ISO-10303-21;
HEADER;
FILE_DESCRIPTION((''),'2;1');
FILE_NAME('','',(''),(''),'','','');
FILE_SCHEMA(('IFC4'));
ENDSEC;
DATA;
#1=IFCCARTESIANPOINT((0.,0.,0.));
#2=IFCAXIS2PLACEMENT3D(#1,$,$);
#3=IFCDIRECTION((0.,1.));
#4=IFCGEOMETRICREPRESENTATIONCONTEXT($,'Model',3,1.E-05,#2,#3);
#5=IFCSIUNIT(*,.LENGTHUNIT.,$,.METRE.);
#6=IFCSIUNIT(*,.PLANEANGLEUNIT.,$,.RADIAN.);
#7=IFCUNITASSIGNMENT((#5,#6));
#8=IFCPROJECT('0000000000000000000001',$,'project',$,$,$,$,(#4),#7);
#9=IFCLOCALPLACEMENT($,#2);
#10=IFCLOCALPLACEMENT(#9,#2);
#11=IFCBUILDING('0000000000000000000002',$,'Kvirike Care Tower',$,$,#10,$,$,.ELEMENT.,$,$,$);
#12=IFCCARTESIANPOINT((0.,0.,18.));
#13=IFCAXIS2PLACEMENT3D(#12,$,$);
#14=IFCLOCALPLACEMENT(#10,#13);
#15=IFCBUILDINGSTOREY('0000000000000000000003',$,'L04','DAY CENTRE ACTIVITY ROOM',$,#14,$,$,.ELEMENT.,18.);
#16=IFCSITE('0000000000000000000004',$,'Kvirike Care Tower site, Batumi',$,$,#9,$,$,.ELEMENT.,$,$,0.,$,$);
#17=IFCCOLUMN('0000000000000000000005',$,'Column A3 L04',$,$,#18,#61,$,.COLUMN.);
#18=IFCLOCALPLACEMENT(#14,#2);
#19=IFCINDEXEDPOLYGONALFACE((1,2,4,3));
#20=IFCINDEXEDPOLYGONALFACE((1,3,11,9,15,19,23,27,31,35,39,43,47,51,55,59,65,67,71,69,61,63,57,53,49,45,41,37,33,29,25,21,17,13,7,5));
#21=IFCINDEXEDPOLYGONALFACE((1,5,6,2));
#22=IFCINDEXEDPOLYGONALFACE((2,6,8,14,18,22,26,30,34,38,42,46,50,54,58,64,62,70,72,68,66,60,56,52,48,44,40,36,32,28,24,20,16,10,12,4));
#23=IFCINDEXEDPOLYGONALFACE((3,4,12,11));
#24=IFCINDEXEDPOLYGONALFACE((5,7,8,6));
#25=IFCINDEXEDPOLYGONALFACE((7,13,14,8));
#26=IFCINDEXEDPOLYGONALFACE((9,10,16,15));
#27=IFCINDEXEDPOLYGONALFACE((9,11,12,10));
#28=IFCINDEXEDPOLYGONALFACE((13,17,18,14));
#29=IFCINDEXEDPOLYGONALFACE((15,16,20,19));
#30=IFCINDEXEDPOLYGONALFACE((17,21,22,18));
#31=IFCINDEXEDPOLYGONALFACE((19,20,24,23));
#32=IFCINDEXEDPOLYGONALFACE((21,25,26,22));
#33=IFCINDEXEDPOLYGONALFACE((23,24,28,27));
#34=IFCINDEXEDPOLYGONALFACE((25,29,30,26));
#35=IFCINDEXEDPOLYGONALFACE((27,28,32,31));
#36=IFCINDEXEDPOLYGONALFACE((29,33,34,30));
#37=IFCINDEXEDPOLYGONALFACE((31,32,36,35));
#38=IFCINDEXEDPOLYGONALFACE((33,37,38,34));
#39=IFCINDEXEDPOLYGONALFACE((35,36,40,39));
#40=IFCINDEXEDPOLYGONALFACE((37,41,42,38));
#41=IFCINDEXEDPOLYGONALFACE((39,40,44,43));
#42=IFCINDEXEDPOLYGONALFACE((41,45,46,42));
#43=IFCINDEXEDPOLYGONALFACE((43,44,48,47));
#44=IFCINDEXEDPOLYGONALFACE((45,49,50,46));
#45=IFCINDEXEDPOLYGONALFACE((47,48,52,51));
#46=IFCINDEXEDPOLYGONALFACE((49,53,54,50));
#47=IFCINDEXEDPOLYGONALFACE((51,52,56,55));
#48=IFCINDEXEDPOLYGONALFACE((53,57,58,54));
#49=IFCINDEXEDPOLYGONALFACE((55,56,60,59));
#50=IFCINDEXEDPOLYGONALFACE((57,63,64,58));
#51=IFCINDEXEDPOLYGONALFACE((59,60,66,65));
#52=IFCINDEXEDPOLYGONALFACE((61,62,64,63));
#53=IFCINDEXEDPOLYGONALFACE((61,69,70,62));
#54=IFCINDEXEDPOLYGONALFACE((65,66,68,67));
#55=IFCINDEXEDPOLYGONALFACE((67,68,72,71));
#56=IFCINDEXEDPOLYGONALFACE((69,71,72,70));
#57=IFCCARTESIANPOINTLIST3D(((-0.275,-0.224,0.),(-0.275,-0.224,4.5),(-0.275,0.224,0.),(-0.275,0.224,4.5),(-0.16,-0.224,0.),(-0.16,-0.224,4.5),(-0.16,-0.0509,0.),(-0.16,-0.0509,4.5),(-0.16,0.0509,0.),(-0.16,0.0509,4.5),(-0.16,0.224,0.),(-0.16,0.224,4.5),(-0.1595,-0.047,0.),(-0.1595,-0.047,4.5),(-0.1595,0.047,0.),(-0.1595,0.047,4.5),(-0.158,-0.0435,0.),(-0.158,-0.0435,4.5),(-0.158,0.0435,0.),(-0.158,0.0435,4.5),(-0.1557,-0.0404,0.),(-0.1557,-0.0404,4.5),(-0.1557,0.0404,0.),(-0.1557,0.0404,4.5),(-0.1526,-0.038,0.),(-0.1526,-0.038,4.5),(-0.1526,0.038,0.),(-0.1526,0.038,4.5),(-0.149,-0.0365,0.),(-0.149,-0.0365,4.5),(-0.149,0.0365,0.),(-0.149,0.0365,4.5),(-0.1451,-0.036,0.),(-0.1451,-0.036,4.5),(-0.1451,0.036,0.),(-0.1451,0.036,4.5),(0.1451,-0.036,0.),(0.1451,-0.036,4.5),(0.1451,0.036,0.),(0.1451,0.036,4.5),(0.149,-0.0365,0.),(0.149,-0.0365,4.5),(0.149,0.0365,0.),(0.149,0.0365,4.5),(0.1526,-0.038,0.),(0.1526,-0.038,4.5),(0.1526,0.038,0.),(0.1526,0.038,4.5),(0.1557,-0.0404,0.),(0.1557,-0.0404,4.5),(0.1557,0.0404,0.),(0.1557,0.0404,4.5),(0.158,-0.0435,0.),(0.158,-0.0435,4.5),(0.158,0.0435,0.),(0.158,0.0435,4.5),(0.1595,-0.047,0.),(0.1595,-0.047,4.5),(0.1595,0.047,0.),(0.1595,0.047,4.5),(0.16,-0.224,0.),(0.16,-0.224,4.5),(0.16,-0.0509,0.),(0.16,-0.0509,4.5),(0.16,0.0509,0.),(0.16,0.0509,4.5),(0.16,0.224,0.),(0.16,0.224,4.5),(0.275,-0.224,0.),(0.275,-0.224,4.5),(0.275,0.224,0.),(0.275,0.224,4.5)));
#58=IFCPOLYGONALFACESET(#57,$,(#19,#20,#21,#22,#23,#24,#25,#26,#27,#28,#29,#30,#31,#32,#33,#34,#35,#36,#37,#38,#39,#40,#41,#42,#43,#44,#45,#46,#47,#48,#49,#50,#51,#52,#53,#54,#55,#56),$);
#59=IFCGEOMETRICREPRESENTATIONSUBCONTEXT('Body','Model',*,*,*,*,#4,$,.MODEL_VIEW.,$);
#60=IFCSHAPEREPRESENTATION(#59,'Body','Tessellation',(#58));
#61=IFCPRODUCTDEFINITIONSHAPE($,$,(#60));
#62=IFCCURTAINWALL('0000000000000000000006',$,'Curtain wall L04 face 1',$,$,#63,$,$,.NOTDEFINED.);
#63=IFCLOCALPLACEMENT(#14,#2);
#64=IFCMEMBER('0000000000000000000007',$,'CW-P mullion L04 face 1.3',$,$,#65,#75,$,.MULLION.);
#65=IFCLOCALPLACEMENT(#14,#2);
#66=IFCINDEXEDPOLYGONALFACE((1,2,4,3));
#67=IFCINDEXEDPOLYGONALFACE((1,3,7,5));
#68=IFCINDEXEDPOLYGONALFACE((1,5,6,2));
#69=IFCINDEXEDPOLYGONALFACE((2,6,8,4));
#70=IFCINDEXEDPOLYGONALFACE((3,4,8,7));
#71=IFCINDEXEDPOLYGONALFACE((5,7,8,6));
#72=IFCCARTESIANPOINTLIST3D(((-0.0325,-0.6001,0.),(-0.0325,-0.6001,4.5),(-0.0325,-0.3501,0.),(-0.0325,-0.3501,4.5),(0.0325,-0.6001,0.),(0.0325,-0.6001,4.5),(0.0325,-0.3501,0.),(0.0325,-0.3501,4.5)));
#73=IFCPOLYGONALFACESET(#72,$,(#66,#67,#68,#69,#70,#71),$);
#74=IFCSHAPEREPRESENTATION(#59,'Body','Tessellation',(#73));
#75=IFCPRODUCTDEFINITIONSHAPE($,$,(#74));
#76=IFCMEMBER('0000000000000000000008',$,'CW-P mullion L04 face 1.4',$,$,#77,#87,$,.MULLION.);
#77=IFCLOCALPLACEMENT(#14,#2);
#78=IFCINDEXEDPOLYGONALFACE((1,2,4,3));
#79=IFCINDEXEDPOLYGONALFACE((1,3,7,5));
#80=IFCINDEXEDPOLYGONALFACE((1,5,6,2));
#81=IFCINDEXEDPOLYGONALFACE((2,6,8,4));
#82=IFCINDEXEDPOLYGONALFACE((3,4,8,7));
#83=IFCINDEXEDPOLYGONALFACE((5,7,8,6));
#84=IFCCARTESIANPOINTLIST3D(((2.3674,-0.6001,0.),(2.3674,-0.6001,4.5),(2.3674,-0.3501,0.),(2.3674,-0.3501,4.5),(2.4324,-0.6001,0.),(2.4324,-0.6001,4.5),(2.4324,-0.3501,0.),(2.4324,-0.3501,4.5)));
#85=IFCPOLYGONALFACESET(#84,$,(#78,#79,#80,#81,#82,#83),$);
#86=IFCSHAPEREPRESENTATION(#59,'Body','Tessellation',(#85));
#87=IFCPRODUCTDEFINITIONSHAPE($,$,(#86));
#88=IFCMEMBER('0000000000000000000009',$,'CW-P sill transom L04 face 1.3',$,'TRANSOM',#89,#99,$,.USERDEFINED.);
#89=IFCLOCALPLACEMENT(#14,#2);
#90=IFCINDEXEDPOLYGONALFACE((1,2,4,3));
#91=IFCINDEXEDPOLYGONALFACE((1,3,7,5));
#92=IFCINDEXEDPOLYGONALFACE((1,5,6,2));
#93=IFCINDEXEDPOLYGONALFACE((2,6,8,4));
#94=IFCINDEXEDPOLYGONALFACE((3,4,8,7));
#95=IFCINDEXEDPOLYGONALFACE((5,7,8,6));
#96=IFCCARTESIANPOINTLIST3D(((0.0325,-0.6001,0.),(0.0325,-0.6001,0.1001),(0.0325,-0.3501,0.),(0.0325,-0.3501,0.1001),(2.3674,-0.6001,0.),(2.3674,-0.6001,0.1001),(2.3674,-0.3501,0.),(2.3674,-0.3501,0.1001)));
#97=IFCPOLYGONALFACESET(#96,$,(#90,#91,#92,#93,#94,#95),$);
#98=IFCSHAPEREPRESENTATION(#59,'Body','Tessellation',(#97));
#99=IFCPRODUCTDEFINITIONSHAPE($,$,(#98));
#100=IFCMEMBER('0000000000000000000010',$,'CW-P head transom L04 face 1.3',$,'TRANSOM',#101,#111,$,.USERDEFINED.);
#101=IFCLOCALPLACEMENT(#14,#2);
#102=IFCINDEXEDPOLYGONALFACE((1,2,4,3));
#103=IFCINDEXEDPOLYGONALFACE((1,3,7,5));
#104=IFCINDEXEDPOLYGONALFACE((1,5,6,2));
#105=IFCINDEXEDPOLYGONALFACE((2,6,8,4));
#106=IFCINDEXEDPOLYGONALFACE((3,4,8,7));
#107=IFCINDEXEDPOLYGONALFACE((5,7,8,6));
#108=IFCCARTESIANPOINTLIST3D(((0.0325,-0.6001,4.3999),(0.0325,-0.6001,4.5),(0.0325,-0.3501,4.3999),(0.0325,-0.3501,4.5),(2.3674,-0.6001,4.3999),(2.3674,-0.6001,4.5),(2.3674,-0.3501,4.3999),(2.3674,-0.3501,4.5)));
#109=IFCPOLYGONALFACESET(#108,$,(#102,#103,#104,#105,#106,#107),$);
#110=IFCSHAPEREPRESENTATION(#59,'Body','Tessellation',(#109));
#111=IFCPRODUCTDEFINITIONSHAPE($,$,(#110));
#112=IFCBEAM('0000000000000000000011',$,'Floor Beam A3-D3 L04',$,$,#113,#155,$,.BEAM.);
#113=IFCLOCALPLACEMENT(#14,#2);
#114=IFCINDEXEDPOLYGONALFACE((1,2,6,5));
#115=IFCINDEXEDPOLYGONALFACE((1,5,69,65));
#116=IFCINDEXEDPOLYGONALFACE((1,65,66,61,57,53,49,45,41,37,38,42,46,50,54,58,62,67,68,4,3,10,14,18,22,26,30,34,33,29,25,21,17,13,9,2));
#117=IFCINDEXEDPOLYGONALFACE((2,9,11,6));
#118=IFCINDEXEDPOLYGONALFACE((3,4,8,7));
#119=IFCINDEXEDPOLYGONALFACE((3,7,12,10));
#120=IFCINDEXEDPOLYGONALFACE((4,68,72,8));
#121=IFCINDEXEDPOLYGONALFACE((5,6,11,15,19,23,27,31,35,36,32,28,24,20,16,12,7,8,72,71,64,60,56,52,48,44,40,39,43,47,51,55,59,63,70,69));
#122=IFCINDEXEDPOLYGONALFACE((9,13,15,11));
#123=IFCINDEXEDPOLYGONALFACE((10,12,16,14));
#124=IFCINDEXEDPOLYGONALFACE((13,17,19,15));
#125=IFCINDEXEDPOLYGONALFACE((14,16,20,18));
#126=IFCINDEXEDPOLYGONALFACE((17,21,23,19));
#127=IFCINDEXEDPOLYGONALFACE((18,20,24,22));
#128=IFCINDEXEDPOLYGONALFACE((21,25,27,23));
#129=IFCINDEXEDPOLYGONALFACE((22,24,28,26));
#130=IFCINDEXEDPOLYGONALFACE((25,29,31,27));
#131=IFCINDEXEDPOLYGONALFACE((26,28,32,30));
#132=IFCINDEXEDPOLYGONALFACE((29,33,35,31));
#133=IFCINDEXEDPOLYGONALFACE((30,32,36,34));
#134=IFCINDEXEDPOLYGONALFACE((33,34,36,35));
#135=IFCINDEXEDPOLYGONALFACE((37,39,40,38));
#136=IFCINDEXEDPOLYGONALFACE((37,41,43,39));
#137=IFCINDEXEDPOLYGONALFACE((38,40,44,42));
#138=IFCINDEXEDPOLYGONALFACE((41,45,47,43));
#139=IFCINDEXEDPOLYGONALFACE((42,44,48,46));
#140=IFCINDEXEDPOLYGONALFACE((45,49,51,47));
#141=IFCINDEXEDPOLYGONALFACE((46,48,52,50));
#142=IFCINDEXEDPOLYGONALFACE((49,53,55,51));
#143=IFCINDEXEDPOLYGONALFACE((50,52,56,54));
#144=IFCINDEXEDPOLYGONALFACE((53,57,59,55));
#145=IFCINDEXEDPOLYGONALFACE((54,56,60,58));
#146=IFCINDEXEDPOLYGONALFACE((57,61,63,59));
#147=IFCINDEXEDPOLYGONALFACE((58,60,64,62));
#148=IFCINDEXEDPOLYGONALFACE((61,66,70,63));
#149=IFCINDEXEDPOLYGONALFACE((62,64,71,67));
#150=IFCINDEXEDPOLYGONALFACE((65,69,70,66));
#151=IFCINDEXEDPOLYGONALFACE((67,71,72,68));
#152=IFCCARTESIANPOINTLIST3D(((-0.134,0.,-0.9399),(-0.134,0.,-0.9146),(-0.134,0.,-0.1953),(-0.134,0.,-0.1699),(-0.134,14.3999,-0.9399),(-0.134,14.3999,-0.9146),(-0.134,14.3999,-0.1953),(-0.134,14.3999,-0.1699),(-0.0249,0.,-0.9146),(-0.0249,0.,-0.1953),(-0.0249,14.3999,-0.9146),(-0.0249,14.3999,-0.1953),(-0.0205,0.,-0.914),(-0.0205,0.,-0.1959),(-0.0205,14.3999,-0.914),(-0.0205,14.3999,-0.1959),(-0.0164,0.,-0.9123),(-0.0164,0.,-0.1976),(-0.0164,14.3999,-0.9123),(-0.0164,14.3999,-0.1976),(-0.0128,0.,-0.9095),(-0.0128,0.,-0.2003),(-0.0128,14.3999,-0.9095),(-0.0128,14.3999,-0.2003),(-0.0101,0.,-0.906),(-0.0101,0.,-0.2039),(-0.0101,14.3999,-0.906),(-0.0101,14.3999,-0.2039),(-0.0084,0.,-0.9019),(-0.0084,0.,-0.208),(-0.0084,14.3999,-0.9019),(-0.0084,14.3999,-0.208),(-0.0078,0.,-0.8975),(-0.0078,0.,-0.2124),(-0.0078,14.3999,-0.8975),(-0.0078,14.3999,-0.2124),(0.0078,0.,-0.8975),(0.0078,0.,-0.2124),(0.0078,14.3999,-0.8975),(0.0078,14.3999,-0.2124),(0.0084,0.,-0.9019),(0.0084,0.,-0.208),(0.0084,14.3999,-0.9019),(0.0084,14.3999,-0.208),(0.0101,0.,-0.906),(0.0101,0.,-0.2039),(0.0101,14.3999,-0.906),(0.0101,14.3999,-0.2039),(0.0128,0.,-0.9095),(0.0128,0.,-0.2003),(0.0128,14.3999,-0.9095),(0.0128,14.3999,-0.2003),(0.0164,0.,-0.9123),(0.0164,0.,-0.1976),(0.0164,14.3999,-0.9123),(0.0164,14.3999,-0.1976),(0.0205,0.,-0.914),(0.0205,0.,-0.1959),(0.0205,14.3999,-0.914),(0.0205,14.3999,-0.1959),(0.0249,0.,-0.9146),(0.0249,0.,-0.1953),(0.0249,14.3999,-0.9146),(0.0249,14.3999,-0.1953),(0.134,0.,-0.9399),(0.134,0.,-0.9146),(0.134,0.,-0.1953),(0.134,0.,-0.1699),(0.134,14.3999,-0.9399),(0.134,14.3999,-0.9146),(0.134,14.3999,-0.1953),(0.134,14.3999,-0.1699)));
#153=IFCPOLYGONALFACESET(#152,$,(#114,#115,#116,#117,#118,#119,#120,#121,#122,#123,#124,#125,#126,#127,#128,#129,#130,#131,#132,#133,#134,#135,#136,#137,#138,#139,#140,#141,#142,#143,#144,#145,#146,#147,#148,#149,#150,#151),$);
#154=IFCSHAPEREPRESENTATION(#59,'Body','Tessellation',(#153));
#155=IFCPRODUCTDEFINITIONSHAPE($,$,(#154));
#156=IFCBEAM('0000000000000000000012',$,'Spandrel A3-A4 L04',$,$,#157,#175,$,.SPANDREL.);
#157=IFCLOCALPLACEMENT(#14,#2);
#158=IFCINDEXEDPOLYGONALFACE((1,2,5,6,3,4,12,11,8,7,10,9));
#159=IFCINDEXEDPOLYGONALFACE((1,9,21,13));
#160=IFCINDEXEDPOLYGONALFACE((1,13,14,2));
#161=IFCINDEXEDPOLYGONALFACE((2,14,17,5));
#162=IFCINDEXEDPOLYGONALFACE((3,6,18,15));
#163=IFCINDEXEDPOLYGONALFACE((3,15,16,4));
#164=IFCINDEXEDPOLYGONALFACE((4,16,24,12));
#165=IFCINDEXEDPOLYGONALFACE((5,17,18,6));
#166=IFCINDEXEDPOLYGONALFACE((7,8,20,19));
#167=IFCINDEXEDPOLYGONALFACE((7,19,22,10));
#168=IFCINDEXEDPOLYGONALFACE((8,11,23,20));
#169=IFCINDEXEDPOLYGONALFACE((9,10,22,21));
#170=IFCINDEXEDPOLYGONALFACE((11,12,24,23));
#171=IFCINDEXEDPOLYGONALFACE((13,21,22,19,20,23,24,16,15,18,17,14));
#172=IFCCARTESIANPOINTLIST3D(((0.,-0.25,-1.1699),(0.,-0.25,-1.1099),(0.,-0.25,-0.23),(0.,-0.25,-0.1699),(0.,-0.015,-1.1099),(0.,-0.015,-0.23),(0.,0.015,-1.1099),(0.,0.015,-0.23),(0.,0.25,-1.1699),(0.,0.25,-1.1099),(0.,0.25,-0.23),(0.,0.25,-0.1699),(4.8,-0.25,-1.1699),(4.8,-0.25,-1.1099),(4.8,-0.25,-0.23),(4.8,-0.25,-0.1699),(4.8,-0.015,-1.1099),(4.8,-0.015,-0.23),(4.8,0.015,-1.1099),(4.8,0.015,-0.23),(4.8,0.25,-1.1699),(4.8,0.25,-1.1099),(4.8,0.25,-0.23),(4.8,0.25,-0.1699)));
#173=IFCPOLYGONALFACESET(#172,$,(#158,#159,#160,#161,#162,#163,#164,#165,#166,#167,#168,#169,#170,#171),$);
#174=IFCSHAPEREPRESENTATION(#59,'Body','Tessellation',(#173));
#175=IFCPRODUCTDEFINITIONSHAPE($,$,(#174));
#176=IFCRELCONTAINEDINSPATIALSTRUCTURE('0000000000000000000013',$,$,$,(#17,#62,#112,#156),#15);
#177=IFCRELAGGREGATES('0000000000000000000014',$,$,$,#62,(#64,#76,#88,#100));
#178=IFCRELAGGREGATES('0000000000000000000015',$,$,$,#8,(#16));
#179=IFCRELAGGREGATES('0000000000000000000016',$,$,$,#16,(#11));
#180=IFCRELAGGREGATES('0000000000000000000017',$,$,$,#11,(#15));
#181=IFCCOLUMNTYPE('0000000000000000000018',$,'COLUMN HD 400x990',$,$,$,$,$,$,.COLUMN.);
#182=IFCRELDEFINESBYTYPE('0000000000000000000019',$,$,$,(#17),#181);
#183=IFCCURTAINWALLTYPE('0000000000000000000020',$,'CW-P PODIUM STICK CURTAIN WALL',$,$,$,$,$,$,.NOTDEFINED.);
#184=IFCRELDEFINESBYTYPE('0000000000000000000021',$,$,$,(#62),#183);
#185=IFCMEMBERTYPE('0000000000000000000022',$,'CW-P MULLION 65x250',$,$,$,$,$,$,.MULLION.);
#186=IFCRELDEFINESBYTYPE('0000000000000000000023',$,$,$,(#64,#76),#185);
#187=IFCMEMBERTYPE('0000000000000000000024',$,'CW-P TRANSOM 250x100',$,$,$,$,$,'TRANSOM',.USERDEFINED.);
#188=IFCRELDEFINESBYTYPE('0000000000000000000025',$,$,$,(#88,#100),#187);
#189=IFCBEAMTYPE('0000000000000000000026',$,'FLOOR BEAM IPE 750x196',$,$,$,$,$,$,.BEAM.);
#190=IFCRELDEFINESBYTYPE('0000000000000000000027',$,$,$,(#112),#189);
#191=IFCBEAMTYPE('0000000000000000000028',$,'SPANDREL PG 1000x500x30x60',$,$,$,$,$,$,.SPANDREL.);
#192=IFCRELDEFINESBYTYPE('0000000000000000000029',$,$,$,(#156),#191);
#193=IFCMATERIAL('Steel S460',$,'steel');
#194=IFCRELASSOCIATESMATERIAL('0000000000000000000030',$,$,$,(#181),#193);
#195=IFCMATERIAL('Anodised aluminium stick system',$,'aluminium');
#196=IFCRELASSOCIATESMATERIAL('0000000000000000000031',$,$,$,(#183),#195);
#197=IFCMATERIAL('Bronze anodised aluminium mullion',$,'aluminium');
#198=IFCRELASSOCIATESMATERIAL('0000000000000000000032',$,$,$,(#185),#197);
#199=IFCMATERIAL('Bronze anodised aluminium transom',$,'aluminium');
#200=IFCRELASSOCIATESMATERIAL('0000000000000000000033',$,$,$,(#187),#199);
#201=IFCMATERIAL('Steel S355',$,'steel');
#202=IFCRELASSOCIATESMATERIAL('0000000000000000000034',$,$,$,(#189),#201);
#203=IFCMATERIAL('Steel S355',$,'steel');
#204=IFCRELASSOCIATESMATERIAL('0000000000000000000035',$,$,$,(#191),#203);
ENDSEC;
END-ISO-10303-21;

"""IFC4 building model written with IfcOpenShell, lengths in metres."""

from ifc_helpers import new_model, si_unit, direction, frame, origin, origin_2d, place, context, subcontext, project, spatial, rectangle, i_section, extrude, material, material_profile, profile_set, type_object, element, aggregate, save


model = new_model("IFC4")

# Units and contexts
model_context = context("Model", 3, precision=1e-05, world=origin(), true_north=direction((0.0, 1.0)))
body_context = subcontext(model_context, "Body", "Model", "MODEL_VIEW")
ifc_project = project(units=[si_unit("LENGTHUNIT", "METRE"), si_unit("PLANEANGLEUNIT", "RADIAN")], contexts=[model_context])

# Site, building, storey
site_placement = place(None, origin())
site = spatial("IfcSite", under=ifc_project, at=site_placement, Name="Kvirike Care Tower site, Batumi", CompositionType="ELEMENT", RefElevation=0.0)
building_placement = place(site_placement, origin())
building = spatial("IfcBuilding", under=site, at=building_placement, Name="Kvirike Care Tower", CompositionType="ELEMENT")
storey_placement = place(building_placement, frame((0.0, 0.0, 18.0)))
storey = spatial("IfcBuildingStorey", under=building, at=storey_placement, Name="L04", Description="DAY CENTRE ACTIVITY ROOM", CompositionType="ELEMENT", Elevation=18.0)

# Column
ifc_material_1 = material(Name="Steel S460", Category="steel")
ifc_material_profile_1 = material_profile(ifc_material_1, i_section(OverallWidth=0.448, OverallDepth=0.55, WebThickness=0.072, FlangeThickness=0.115, FilletRadius=0.0149, at=origin_2d()), Name="HD 400x990")
ifc_profile_set_1 = profile_set([ifc_material_profile_1], Name="Steel S460")
column_type = type_object("IfcColumnType", Name="COLUMN HD 400x990", PredefinedType="COLUMN", material=ifc_profile_set_1)
column_placement = place(storey_placement, frame((0.0, 0.0, 0.0), z_axis=(0.0, 0.0, 1.0), x_axis=(0.0, 1.0, 0.0)))
element("IfcColumn", 1, at=column_placement, inside=storey, type_object=column_type, Name="Column A3 L04", PredefinedType="COLUMN", context=body_context, shape_type="SweptSolid", body=[
    extrude(i_section(OverallWidth=0.448, OverallDepth=0.55, WebThickness=0.072, FlangeThickness=0.115, FilletRadius=0.0149, at=origin_2d()), origin(), (0.0, 0.0, 1.0), 4.5),
])

# Curtain wall, members
ifc_material_2 = material(Name="Anodised aluminium stick system", Category="aluminium")
curtain_wall_type = type_object("IfcCurtainWallType", Name="CW-P PODIUM STICK CURTAIN WALL", PredefinedType="NOTDEFINED", material=ifc_material_2)
curtain_wall_placement = place(storey_placement, origin())
curtain_wall = element("IfcCurtainWall", 2, at=curtain_wall_placement, inside=storey, type_object=curtain_wall_type, Name="Curtain wall L04 face 1", PredefinedType="NOTDEFINED")
ifc_material_3 = material(Name="Bronze anodised aluminium mullion", Category="aluminium")
ifc_material_profile_2 = material_profile(ifc_material_3, rectangle(XDim=0.0649, YDim=0.25, at=origin_2d()), Name="CW-P MULLION 65x250")
ifc_profile_set_2 = profile_set([ifc_material_profile_2], Name="Bronze anodised aluminium mullion")
member_type_1 = type_object("IfcMemberType", Name="CW-P MULLION 65x250", PredefinedType="MULLION", material=ifc_profile_set_2)
member_1_placement = place(storey_placement, frame((0.0, -0.4751, 0.0), z_axis=(0.0, 0.0, 1.0), x_axis=(1.0, 0.0, 0.0)))
member_1 = element("IfcMember", 3, at=member_1_placement, type_object=member_type_1, Name="CW-P mullion L04 face 1.3", PredefinedType="MULLION", context=body_context, shape_type="SweptSolid", body=[
    extrude(rectangle(XDim=0.0649, YDim=0.25, at=origin_2d()), origin(), (0.0, 0.0, 1.0), 4.5),
])
member_2_placement = place(storey_placement, frame((2.3999, -0.4751, 0.0), z_axis=(0.0, 0.0, 1.0), x_axis=(1.0, 0.0, 0.0)))
member_2 = element("IfcMember", 4, at=member_2_placement, type_object=member_type_1, Name="CW-P mullion L04 face 1.4", PredefinedType="MULLION", context=body_context, shape_type="SweptSolid", body=[
    extrude(rectangle(XDim=0.0649, YDim=0.25, at=origin_2d()), origin(), (0.0, 0.0, 1.0), 4.5),
])
ifc_material_4 = material(Name="Bronze anodised aluminium transom", Category="aluminium")
ifc_material_profile_3 = material_profile(ifc_material_4, rectangle(XDim=0.25, YDim=0.1001, at=origin_2d()), Name="CW-P TRANSOM 250x100")
ifc_profile_set_3 = profile_set([ifc_material_profile_3], Name="Bronze anodised aluminium transom")
member_type_2 = type_object("IfcMemberType", Name="CW-P TRANSOM 250x100", ElementType="TRANSOM", PredefinedType="USERDEFINED", material=ifc_profile_set_3)
member_3_placement = place(storey_placement, frame((0.0325, -0.4751, 0.05), z_axis=(1.0, 0.0, 0.0), x_axis=(0.0, 1.0, 0.0)))
member_3 = element("IfcMember", 5, at=member_3_placement, type_object=member_type_2, Name="CW-P sill transom L04 face 1.3", ObjectType="TRANSOM", PredefinedType="USERDEFINED", context=body_context, shape_type="SweptSolid", body=[
    extrude(rectangle(XDim=0.25, YDim=0.1001, at=origin_2d()), origin(), (0.0, 0.0, 1.0), 2.335),
])
member_4_placement = place(storey_placement, frame((0.0325, -0.4751, 4.45), z_axis=(1.0, 0.0, 0.0), x_axis=(0.0, 1.0, 0.0)))
member_4 = element("IfcMember", 6, at=member_4_placement, type_object=member_type_2, Name="CW-P head transom L04 face 1.3", ObjectType="TRANSOM", PredefinedType="USERDEFINED", context=body_context, shape_type="SweptSolid", body=[
    extrude(rectangle(XDim=0.25, YDim=0.1001, at=origin_2d()), origin(), (0.0, 0.0, 1.0), 2.335),
])

# Beams
ifc_material_5 = material(Name="Steel S355", Category="steel")
ifc_material_profile_4 = material_profile(ifc_material_5, i_section(OverallWidth=0.2681, OverallDepth=0.77, WebThickness=0.0156, FlangeThickness=0.0254, FilletRadius=0.0171, at=origin_2d()), Name="IPE 750x196")
ifc_profile_set_4 = profile_set([ifc_material_profile_4], Name="Steel S355")
beam_type_1 = type_object("IfcBeamType", Name="FLOOR BEAM IPE 750x196", PredefinedType="BEAM", material=ifc_profile_set_4)
beam_1_placement = place(storey_placement, frame((0.0, 0.0, -0.5549), z_axis=(0.0, 1.0, 0.0), x_axis=(-1.0, 0.0, 0.0)))
element("IfcBeam", 7, at=beam_1_placement, inside=storey, type_object=beam_type_1, Name="Floor Beam A3-D3 L04", PredefinedType="BEAM", context=body_context, shape_type="SweptSolid", body=[
    extrude(i_section(OverallWidth=0.2681, OverallDepth=0.77, WebThickness=0.0156, FlangeThickness=0.0254, FilletRadius=0.0171, at=origin_2d()), origin(), (0.0, 0.0, 1.0), 14.3999),
])
ifc_material_6 = material(Name="Steel S355", Category="steel")
ifc_material_profile_5 = material_profile(ifc_material_6, i_section(OverallWidth=0.5, OverallDepth=1.0, WebThickness=0.03, FlangeThickness=0.0601, at=origin_2d()), Name="PG 1000x500x30x60")
ifc_profile_set_5 = profile_set([ifc_material_profile_5], Name="Steel S355")
beam_type_2 = type_object("IfcBeamType", Name="SPANDREL PG 1000x500x30x60", PredefinedType="SPANDREL", material=ifc_profile_set_5)
beam_2_placement = place(storey_placement, frame((0.0, 0.0, -0.6699), z_axis=(1.0, 0.0, 0.0), x_axis=(0.0, 1.0, 0.0)))
element("IfcBeam", 8, at=beam_2_placement, inside=storey, type_object=beam_type_2, Name="Spandrel A3-A4 L04", PredefinedType="SPANDREL", context=body_context, shape_type="SweptSolid", body=[
    extrude(i_section(OverallWidth=0.5, OverallDepth=1.0, WebThickness=0.03, FlangeThickness=0.0601, at=origin_2d()), origin(), (0.0, 0.0, 1.0), 4.8),
])

aggregate(curtain_wall, [member_1, member_2, member_3, member_4])

save(model, "model.ifc")
